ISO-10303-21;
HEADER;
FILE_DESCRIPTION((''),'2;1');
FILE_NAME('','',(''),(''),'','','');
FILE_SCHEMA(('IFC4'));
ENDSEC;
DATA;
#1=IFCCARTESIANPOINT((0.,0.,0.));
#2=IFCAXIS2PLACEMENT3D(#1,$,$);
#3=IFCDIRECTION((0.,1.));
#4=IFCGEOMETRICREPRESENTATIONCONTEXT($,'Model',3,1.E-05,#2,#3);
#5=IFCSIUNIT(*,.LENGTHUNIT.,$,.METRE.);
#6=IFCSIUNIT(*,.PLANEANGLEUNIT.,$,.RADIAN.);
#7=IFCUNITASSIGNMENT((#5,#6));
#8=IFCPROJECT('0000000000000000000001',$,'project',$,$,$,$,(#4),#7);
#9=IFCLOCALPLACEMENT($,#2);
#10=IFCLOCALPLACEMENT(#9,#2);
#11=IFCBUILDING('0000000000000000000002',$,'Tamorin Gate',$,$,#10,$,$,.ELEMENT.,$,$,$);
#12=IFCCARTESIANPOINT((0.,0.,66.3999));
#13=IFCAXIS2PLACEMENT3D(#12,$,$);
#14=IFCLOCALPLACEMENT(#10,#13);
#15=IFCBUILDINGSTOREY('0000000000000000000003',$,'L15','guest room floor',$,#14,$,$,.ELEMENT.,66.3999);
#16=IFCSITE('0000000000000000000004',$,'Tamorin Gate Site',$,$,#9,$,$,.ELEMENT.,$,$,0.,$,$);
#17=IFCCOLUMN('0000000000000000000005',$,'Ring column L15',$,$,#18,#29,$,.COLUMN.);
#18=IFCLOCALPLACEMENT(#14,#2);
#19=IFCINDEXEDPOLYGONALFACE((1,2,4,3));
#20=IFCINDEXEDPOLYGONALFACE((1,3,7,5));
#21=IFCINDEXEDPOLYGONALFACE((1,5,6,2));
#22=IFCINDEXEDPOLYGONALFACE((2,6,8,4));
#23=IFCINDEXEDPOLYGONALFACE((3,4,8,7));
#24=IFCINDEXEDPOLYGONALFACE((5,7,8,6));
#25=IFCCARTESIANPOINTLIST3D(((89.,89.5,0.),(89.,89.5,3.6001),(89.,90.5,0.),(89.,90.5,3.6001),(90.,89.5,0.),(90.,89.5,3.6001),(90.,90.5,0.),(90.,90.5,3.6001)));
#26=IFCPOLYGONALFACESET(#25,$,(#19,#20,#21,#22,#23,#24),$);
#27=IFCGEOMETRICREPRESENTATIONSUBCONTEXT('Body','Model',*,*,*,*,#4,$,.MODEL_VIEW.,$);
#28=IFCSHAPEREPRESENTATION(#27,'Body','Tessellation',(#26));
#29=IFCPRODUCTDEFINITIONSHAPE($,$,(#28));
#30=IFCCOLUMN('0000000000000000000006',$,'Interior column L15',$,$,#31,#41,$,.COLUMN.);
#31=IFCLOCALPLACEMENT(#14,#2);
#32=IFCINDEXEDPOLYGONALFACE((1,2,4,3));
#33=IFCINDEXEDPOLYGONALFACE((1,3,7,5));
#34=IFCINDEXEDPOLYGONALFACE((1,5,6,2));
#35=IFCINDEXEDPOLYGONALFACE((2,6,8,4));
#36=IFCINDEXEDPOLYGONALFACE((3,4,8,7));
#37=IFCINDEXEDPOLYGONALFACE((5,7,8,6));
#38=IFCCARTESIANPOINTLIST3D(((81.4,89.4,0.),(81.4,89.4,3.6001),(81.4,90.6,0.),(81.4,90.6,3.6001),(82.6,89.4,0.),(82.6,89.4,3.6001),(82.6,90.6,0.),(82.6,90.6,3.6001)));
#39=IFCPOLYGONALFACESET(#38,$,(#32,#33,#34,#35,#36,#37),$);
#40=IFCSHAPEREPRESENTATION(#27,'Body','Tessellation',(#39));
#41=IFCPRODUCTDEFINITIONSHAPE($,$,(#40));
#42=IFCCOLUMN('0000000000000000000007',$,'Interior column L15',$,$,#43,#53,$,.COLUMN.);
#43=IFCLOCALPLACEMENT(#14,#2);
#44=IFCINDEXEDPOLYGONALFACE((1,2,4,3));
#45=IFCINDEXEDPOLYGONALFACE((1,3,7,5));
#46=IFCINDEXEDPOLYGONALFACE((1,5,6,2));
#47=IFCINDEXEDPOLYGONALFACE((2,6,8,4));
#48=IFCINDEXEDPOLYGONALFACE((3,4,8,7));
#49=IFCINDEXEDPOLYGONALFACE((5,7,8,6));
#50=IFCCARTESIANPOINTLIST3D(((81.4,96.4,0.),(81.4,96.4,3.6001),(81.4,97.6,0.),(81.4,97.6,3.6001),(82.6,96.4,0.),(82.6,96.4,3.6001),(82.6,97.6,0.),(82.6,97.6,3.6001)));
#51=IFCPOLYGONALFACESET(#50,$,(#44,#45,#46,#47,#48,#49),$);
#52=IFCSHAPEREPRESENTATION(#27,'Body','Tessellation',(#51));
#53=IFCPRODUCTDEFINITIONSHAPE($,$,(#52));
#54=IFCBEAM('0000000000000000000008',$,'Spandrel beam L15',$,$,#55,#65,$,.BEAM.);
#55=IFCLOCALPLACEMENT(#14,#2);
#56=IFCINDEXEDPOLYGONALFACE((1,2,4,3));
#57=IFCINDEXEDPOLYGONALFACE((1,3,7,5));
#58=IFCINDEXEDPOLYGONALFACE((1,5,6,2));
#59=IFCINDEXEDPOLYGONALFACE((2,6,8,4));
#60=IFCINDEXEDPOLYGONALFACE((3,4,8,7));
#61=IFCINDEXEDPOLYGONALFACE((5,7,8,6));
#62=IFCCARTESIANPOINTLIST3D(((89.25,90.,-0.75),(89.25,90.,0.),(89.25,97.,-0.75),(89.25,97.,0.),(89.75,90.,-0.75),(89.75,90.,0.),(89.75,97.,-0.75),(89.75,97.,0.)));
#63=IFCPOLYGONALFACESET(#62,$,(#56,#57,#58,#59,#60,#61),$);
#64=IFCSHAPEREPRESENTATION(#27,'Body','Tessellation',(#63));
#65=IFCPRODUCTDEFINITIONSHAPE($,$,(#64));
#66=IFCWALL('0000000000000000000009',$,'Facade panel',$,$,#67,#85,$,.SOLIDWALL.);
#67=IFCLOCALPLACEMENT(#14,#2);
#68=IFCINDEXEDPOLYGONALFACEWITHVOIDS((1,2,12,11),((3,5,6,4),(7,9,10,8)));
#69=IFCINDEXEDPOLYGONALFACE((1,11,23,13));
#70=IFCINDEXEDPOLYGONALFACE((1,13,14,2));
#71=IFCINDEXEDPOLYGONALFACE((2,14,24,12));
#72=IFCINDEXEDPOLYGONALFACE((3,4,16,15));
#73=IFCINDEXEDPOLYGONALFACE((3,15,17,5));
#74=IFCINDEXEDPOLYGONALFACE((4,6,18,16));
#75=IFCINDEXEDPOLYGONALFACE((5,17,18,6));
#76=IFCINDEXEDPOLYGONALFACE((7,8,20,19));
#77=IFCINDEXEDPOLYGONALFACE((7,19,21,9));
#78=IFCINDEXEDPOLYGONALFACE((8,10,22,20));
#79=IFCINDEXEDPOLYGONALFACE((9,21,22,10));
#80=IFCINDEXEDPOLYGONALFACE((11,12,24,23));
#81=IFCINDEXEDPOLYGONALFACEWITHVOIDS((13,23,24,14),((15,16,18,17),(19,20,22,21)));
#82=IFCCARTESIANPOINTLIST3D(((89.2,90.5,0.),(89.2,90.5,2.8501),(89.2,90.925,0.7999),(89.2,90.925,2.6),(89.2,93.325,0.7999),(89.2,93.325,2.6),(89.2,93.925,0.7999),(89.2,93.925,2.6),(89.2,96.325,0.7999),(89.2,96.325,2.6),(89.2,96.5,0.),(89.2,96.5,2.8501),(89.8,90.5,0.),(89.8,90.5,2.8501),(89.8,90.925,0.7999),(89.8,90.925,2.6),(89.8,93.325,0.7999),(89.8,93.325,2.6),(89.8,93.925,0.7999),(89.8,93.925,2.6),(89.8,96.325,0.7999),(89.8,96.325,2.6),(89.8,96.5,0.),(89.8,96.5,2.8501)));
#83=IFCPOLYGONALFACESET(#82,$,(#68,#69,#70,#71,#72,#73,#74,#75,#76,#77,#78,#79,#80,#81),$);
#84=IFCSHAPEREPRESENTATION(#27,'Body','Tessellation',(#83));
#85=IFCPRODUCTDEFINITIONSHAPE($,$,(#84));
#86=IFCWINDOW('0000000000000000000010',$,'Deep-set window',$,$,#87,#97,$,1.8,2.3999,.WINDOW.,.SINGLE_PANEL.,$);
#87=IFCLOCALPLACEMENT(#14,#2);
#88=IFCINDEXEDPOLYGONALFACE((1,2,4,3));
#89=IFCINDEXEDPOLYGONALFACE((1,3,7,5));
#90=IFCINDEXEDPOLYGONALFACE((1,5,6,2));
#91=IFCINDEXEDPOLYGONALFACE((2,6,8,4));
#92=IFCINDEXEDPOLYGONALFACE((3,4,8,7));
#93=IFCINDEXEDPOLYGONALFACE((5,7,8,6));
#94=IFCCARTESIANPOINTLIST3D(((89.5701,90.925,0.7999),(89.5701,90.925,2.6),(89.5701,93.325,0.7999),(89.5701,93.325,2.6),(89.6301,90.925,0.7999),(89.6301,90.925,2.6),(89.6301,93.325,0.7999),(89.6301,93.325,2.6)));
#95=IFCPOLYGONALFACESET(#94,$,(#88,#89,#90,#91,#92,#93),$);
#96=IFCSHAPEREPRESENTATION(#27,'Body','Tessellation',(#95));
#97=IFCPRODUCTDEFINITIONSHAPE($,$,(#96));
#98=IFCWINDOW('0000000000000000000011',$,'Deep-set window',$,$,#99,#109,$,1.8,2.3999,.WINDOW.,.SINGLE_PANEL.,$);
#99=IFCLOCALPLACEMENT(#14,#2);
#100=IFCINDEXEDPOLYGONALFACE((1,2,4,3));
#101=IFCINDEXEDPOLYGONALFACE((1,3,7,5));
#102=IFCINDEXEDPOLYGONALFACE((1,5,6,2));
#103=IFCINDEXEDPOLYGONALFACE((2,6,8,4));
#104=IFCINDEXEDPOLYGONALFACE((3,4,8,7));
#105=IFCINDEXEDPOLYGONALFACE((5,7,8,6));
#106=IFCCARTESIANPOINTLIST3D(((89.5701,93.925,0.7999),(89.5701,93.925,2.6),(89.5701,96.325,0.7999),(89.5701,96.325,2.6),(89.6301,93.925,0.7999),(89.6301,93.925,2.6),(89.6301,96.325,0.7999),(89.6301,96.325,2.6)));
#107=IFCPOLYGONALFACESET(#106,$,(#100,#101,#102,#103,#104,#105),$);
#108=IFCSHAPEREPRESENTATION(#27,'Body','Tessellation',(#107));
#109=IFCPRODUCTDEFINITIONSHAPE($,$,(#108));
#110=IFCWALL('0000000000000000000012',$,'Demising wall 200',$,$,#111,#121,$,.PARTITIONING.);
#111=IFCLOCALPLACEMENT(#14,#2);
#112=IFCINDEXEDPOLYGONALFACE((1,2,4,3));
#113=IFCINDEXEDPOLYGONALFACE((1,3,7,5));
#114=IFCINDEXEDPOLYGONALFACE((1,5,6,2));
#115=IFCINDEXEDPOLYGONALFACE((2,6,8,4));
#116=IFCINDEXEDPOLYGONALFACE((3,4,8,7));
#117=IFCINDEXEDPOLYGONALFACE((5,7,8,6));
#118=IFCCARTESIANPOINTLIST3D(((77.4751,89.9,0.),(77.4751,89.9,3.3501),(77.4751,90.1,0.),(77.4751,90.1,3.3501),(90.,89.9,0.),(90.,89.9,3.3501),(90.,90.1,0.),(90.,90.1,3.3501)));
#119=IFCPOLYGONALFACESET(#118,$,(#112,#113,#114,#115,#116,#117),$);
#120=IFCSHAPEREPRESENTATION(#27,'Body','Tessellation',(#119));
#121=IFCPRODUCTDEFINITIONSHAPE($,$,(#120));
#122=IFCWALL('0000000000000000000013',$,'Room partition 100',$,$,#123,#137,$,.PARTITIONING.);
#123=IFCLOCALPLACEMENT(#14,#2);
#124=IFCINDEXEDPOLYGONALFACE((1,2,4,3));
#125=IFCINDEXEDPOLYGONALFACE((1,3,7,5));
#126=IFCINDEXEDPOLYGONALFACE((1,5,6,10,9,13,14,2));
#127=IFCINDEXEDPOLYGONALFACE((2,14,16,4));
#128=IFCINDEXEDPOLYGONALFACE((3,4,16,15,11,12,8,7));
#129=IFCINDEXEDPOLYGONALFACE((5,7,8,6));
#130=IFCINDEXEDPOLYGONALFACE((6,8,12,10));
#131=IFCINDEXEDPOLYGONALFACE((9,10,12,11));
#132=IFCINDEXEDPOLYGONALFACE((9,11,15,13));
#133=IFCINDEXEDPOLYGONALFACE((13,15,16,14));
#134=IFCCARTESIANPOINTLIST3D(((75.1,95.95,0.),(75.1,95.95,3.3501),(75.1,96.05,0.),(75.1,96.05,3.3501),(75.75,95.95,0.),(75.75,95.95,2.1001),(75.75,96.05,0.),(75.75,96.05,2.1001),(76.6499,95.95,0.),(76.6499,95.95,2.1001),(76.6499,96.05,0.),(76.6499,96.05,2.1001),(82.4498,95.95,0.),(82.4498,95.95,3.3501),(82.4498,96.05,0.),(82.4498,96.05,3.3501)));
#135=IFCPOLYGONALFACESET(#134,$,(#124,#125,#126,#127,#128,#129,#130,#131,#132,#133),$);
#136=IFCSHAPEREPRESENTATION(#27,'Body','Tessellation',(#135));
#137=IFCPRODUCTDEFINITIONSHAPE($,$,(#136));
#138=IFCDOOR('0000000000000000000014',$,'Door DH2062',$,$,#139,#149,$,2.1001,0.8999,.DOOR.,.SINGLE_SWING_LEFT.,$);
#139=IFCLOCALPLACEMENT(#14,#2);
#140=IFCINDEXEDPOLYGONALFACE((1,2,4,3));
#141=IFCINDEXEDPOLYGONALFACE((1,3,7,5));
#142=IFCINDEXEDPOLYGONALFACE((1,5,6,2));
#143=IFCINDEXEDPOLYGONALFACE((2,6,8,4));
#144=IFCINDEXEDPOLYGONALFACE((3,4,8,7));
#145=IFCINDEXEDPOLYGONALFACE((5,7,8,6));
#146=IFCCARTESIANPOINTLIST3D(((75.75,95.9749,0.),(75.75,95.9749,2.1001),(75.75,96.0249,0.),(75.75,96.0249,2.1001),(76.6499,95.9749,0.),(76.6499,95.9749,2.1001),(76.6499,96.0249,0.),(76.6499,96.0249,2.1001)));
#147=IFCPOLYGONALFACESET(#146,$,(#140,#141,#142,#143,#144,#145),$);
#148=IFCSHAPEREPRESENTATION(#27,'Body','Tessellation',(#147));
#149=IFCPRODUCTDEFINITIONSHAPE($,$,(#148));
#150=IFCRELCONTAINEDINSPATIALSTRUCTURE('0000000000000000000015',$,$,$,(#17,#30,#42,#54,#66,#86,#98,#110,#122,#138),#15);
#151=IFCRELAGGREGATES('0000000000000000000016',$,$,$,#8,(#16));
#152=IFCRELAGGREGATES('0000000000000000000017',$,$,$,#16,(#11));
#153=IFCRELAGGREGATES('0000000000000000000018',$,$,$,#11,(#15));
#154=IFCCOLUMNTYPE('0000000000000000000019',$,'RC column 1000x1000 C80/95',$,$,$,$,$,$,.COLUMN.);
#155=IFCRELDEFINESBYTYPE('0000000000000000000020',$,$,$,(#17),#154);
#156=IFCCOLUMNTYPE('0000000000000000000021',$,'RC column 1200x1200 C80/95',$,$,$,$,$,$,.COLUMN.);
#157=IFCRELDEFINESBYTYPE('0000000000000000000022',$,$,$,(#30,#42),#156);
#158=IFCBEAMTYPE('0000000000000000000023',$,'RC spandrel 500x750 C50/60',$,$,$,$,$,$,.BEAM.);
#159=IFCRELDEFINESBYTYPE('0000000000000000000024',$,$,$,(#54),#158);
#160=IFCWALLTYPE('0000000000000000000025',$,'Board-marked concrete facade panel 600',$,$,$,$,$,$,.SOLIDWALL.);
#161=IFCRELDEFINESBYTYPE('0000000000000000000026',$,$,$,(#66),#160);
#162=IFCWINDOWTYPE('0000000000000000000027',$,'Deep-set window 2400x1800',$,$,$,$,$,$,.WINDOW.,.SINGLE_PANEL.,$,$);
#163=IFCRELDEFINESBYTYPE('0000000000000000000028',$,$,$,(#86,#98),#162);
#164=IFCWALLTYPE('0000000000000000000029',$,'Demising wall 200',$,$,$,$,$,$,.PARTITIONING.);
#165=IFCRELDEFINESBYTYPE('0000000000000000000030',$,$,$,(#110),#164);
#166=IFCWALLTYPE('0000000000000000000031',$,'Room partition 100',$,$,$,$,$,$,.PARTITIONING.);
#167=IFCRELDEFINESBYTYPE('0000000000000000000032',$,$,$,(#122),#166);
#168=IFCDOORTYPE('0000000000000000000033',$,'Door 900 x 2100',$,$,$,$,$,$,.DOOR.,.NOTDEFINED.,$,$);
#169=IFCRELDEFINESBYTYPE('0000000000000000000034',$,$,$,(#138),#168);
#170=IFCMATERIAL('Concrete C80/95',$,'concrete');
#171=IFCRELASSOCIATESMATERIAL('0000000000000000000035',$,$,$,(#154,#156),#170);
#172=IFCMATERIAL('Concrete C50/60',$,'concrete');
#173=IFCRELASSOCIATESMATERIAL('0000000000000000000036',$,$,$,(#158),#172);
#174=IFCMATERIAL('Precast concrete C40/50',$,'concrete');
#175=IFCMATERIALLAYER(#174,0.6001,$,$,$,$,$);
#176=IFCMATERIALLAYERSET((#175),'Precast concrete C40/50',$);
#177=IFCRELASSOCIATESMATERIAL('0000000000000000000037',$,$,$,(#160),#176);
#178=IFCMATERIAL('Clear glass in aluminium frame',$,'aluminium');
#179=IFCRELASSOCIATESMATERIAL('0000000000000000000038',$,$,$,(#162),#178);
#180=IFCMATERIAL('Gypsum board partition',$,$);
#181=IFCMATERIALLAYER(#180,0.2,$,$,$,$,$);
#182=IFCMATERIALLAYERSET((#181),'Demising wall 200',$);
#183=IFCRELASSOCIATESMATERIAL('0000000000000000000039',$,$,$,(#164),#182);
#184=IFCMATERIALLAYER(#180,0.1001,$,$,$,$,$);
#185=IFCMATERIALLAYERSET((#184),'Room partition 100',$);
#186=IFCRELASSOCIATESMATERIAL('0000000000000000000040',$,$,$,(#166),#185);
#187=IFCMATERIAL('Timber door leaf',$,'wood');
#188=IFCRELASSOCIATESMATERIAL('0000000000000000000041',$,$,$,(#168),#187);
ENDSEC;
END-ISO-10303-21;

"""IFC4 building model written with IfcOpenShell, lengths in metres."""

from ifc_helpers import new_model, si_unit, direction, frame, frame_2d, origin, origin_2d, place, context, subcontext, project, spatial, rectangle, extrude, material, layer, layer_set, material_profile, profile_set, type_object, element, fill, save


model = new_model("IFC4")

# Units and contexts
model_context = context("Model", 3, precision=1e-05, world=origin(), true_north=direction((0.0, 1.0)))
body_context = subcontext(model_context, "Body", "Model", "MODEL_VIEW")
ifc_project = project(units=[si_unit("LENGTHUNIT", "METRE"), si_unit("PLANEANGLEUNIT", "RADIAN")], contexts=[model_context])

# Site, building, storey
site_placement = place(None, origin())
site = spatial("IfcSite", under=ifc_project, at=site_placement, Name="Tamorin Gate Site", CompositionType="ELEMENT", RefElevation=0.0)
building_placement = place(site_placement, origin())
building = spatial("IfcBuilding", under=site, at=building_placement, Name="Tamorin Gate", CompositionType="ELEMENT")
storey_placement = place(building_placement, frame((0.0, 0.0, 66.3999)))
storey = spatial("IfcBuildingStorey", under=building, at=storey_placement, Name="L15", Description="guest room floor", CompositionType="ELEMENT", Elevation=66.3999)

# Columns
ifc_material_1 = material(Name="Concrete C80/95", Category="concrete")
ifc_material_profile_1 = material_profile(ifc_material_1, rectangle(XDim=1.0, YDim=1.0, at=origin_2d()), Name="RC 1000x1000")
ifc_profile_set_1 = profile_set([ifc_material_profile_1], Name="Concrete C80/95")
column_type_1 = type_object("IfcColumnType", Name="RC column 1000x1000 C80/95", PredefinedType="COLUMN", material=ifc_profile_set_1)
column_placement = place(storey_placement, frame((89.5, 90.0, 0.0), z_axis=(0.0, 0.0, 1.0), x_axis=(1.0, 0.0, 0.0)))
element("IfcColumn", 1, at=column_placement, inside=storey, type_object=column_type_1, Name="Ring column L15", PredefinedType="COLUMN", context=body_context, shape_type="SweptSolid", body=[
    extrude(rectangle(XDim=1.0, YDim=1.0, at=origin_2d()), origin(), (0.0, 0.0, 1.0), 3.6001),
])
ifc_material_profile_2 = material_profile(ifc_material_1, rectangle(XDim=1.2, YDim=1.2, at=origin_2d()), Name="RC 1200x1200")
ifc_profile_set_2 = profile_set([ifc_material_profile_2], Name="Concrete C80/95")
column_type_2 = type_object("IfcColumnType", Name="RC column 1200x1200 C80/95", PredefinedType="COLUMN", material=ifc_profile_set_2)
for number, where, z_axis, x_axis, name in (
    (2, (82.0, 90.0, 0.0), (0.0, 0.0, 1.0), (1.0, 0.0, 0.0), "Interior column L15"),
    (3, (82.0, 97.0, 0.0), (0.0, 0.0, 1.0), (1.0, 0.0, 0.0), "Interior column L15"),
):
    element("IfcColumn", number, at=place(storey_placement, frame(where, z_axis=z_axis, x_axis=x_axis)), inside=storey, type_object=column_type_2, Name=name, PredefinedType="COLUMN", context=body_context, shape_type="SweptSolid", body=[
        extrude(rectangle(XDim=1.2, YDim=1.2, at=origin_2d()), origin(), (0.0, 0.0, 1.0), 3.6001),
    ])

# Beam
ifc_material_2 = material(Name="Concrete C50/60", Category="concrete")
ifc_material_profile_3 = material_profile(ifc_material_2, rectangle(XDim=0.5, YDim=0.75, at=origin_2d()), Name="RC 500x750")
ifc_profile_set_3 = profile_set([ifc_material_profile_3], Name="Concrete C50/60")
beam_type = type_object("IfcBeamType", Name="RC spandrel 500x750 C50/60", PredefinedType="BEAM", material=ifc_profile_set_3)
beam_placement = place(storey_placement, frame((89.5, 90.0, -0.375), z_axis=(0.0, 1.0, 0.0), x_axis=(-1.0, 0.0, 0.0)))
element("IfcBeam", 4, at=beam_placement, inside=storey, type_object=beam_type, Name="Spandrel beam L15", PredefinedType="BEAM", context=body_context, shape_type="SweptSolid", body=[
    extrude(rectangle(XDim=0.5, YDim=0.75, at=origin_2d()), origin(), (0.0, 0.0, 1.0), 7.0),
])

# Wall, openings, windows
ifc_material_3 = material(Name="Precast concrete C40/50", Category="concrete")
ifc_layer_1 = layer(ifc_material_3, 0.6001)
ifc_layer_set_1 = layer_set([ifc_layer_1], Name="Precast concrete C40/50")
wall_type_1 = type_object("IfcWallType", Name="Board-marked concrete facade panel 600", PredefinedType="SOLIDWALL", material=ifc_layer_set_1)
wall_1_placement = place(storey_placement, frame((89.5, 90.5, 0.0), z_axis=(0.0, 0.0, 1.0), x_axis=(0.0, 1.0, 0.0)))
wall_1 = element("IfcWall", 5, at=wall_1_placement, inside=storey, type_object=wall_type_1, Name="Facade panel", PredefinedType="SOLIDWALL", context=body_context, shape_type="SweptSolid", body=[
    extrude(rectangle(XDim=6.0, YDim=0.6001, at=frame_2d((3.0, 0.0))), origin(), (0.0, 0.0, 1.0), 2.8501),
])
opening_1_placement = place(wall_1_placement, frame((0.425, 0.0, 0.8)))
opening_1 = element("IfcOpeningElement", 6, at=opening_1_placement, cuts=wall_1, PredefinedType="OPENING", context=body_context, shape_type="SweptSolid", body=[
    extrude(rectangle(XDim=2.3999, YDim=1.8, at=frame_2d((1.2, 0.8999))), frame((0.0, 0.3101, 0.0), z_axis=(0.0, -1.0, 0.0), x_axis=(1.0, 0.0, 0.0)), (0.0, 0.0, 1.0), 0.6201),
])
opening_2_placement = place(wall_1_placement, frame((3.425, 0.0, 0.8)))
opening_2 = element("IfcOpeningElement", 7, at=opening_2_placement, cuts=wall_1, PredefinedType="OPENING", context=body_context, shape_type="SweptSolid", body=[
    extrude(rectangle(XDim=2.3999, YDim=1.8, at=frame_2d((1.2, 0.8999))), frame((0.0, 0.3101, 0.0), z_axis=(0.0, -1.0, 0.0), x_axis=(1.0, 0.0, 0.0)), (0.0, 0.0, 1.0), 0.6201),
])
ifc_material_4 = material(Name="Clear glass in aluminium frame", Category="aluminium")
window_type = type_object("IfcWindowType", Name="Deep-set window 2400x1800", PartitioningType="SINGLE_PANEL", PredefinedType="WINDOW", material=ifc_material_4)
window_1_placement = place(opening_1_placement, origin())
window_1 = element("IfcWindow", 8, at=window_1_placement, inside=storey, type_object=window_type, Name="Deep-set window", OverallHeight=1.8, OverallWidth=2.3999, PartitioningType="SINGLE_PANEL", PredefinedType="WINDOW", context=body_context, shape_type="SweptSolid", body=[
    extrude(rectangle(XDim=2.3999, YDim=1.8, at=frame_2d((1.2, 0.8999))), frame((0.0, -0.0701, 0.0), z_axis=(0.0, -1.0, 0.0), x_axis=(1.0, 0.0, 0.0)), (0.0, 0.0, 1.0), 0.0601),
])
fill(opening_1, window_1)
window_2_placement = place(opening_2_placement, origin())
window_2 = element("IfcWindow", 9, at=window_2_placement, inside=storey, type_object=window_type, Name="Deep-set window", OverallHeight=1.8, OverallWidth=2.3999, PartitioningType="SINGLE_PANEL", PredefinedType="WINDOW", context=body_context, shape_type="SweptSolid", body=[
    extrude(rectangle(XDim=2.3999, YDim=1.8, at=frame_2d((1.2, 0.8999))), frame((0.0, -0.0701, 0.0), z_axis=(0.0, -1.0, 0.0), x_axis=(1.0, 0.0, 0.0)), (0.0, 0.0, 1.0), 0.0601),
])
fill(opening_2, window_2)

# Wall
ifc_material_5 = material(Name="Gypsum board partition")
ifc_layer_2 = layer(ifc_material_5, 0.2)
ifc_layer_set_2 = layer_set([ifc_layer_2], Name="Demising wall 200")
wall_type_2 = type_object("IfcWallType", Name="Demising wall 200", PredefinedType="PARTITIONING", material=ifc_layer_set_2)
wall_2_placement = place(storey_placement, frame((77.4751, 90.0, 0.0), z_axis=(0.0, 0.0, 1.0), x_axis=(1.0, 0.0, 0.0)))
element("IfcWall", 10, at=wall_2_placement, inside=storey, type_object=wall_type_2, Name="Demising wall 200", PredefinedType="PARTITIONING", context=body_context, shape_type="SweptSolid", body=[
    extrude(rectangle(XDim=12.5249, YDim=0.2, at=frame_2d((6.2625, 0.0))), origin(), (0.0, 0.0, 1.0), 3.3501),
])

# Wall, opening, door
ifc_layer_3 = layer(ifc_material_5, 0.1001)
ifc_layer_set_3 = layer_set([ifc_layer_3], Name="Room partition 100")
wall_type_3 = type_object("IfcWallType", Name="Room partition 100", PredefinedType="PARTITIONING", material=ifc_layer_set_3)
wall_3_placement = place(storey_placement, frame((75.1001, 96.0, 0.0), z_axis=(0.0, 0.0, 1.0), x_axis=(1.0, 0.0, 0.0)))
wall_3 = element("IfcWall", 11, at=wall_3_placement, inside=storey, type_object=wall_type_3, Name="Room partition 100", PredefinedType="PARTITIONING", context=body_context, shape_type="SweptSolid", body=[
    extrude(rectangle(XDim=7.3499, YDim=0.1001, at=frame_2d((3.6748, 0.0))), origin(), (0.0, 0.0, 1.0), 3.3501),
])
opening_3_placement = place(wall_3_placement, frame((0.6499, 0.0, 0.0)))
opening_3 = element("IfcOpeningElement", 12, at=opening_3_placement, cuts=wall_3, PredefinedType="OPENING", context=body_context, shape_type="SweptSolid", body=[
    extrude(rectangle(XDim=0.8999, YDim=2.1001, at=frame_2d((0.45, 1.05))), frame((0.0, 0.0601, 0.0), z_axis=(0.0, -1.0, 0.0), x_axis=(1.0, 0.0, 0.0)), (0.0, 0.0, 1.0), 0.1201),
])
ifc_material_6 = material(Name="Timber door leaf", Category="wood")
door_type = type_object("IfcDoorType", Name="Door 900 x 2100", OperationType="NOTDEFINED", PredefinedType="DOOR", material=ifc_material_6)
door_1_placement = place(opening_3_placement, origin())
door_1 = element("IfcDoor", 13, at=door_1_placement, inside=storey, type_object=door_type, Name="Door DH2062", OperationType="SINGLE_SWING_LEFT", OverallHeight=2.1001, OverallWidth=0.8999, PredefinedType="DOOR", context=body_context, shape_type="SweptSolid", body=[
    extrude(rectangle(XDim=0.8999, YDim=2.1001, at=frame_2d((0.45, 1.05))), frame((0.0, 0.0249, 0.0), z_axis=(0.0, -1.0, 0.0), x_axis=(1.0, 0.0, 0.0)), (0.0, 0.0, 1.0), 0.05),
])
fill(opening_3, door_1)

save(model, "model.ifc")
